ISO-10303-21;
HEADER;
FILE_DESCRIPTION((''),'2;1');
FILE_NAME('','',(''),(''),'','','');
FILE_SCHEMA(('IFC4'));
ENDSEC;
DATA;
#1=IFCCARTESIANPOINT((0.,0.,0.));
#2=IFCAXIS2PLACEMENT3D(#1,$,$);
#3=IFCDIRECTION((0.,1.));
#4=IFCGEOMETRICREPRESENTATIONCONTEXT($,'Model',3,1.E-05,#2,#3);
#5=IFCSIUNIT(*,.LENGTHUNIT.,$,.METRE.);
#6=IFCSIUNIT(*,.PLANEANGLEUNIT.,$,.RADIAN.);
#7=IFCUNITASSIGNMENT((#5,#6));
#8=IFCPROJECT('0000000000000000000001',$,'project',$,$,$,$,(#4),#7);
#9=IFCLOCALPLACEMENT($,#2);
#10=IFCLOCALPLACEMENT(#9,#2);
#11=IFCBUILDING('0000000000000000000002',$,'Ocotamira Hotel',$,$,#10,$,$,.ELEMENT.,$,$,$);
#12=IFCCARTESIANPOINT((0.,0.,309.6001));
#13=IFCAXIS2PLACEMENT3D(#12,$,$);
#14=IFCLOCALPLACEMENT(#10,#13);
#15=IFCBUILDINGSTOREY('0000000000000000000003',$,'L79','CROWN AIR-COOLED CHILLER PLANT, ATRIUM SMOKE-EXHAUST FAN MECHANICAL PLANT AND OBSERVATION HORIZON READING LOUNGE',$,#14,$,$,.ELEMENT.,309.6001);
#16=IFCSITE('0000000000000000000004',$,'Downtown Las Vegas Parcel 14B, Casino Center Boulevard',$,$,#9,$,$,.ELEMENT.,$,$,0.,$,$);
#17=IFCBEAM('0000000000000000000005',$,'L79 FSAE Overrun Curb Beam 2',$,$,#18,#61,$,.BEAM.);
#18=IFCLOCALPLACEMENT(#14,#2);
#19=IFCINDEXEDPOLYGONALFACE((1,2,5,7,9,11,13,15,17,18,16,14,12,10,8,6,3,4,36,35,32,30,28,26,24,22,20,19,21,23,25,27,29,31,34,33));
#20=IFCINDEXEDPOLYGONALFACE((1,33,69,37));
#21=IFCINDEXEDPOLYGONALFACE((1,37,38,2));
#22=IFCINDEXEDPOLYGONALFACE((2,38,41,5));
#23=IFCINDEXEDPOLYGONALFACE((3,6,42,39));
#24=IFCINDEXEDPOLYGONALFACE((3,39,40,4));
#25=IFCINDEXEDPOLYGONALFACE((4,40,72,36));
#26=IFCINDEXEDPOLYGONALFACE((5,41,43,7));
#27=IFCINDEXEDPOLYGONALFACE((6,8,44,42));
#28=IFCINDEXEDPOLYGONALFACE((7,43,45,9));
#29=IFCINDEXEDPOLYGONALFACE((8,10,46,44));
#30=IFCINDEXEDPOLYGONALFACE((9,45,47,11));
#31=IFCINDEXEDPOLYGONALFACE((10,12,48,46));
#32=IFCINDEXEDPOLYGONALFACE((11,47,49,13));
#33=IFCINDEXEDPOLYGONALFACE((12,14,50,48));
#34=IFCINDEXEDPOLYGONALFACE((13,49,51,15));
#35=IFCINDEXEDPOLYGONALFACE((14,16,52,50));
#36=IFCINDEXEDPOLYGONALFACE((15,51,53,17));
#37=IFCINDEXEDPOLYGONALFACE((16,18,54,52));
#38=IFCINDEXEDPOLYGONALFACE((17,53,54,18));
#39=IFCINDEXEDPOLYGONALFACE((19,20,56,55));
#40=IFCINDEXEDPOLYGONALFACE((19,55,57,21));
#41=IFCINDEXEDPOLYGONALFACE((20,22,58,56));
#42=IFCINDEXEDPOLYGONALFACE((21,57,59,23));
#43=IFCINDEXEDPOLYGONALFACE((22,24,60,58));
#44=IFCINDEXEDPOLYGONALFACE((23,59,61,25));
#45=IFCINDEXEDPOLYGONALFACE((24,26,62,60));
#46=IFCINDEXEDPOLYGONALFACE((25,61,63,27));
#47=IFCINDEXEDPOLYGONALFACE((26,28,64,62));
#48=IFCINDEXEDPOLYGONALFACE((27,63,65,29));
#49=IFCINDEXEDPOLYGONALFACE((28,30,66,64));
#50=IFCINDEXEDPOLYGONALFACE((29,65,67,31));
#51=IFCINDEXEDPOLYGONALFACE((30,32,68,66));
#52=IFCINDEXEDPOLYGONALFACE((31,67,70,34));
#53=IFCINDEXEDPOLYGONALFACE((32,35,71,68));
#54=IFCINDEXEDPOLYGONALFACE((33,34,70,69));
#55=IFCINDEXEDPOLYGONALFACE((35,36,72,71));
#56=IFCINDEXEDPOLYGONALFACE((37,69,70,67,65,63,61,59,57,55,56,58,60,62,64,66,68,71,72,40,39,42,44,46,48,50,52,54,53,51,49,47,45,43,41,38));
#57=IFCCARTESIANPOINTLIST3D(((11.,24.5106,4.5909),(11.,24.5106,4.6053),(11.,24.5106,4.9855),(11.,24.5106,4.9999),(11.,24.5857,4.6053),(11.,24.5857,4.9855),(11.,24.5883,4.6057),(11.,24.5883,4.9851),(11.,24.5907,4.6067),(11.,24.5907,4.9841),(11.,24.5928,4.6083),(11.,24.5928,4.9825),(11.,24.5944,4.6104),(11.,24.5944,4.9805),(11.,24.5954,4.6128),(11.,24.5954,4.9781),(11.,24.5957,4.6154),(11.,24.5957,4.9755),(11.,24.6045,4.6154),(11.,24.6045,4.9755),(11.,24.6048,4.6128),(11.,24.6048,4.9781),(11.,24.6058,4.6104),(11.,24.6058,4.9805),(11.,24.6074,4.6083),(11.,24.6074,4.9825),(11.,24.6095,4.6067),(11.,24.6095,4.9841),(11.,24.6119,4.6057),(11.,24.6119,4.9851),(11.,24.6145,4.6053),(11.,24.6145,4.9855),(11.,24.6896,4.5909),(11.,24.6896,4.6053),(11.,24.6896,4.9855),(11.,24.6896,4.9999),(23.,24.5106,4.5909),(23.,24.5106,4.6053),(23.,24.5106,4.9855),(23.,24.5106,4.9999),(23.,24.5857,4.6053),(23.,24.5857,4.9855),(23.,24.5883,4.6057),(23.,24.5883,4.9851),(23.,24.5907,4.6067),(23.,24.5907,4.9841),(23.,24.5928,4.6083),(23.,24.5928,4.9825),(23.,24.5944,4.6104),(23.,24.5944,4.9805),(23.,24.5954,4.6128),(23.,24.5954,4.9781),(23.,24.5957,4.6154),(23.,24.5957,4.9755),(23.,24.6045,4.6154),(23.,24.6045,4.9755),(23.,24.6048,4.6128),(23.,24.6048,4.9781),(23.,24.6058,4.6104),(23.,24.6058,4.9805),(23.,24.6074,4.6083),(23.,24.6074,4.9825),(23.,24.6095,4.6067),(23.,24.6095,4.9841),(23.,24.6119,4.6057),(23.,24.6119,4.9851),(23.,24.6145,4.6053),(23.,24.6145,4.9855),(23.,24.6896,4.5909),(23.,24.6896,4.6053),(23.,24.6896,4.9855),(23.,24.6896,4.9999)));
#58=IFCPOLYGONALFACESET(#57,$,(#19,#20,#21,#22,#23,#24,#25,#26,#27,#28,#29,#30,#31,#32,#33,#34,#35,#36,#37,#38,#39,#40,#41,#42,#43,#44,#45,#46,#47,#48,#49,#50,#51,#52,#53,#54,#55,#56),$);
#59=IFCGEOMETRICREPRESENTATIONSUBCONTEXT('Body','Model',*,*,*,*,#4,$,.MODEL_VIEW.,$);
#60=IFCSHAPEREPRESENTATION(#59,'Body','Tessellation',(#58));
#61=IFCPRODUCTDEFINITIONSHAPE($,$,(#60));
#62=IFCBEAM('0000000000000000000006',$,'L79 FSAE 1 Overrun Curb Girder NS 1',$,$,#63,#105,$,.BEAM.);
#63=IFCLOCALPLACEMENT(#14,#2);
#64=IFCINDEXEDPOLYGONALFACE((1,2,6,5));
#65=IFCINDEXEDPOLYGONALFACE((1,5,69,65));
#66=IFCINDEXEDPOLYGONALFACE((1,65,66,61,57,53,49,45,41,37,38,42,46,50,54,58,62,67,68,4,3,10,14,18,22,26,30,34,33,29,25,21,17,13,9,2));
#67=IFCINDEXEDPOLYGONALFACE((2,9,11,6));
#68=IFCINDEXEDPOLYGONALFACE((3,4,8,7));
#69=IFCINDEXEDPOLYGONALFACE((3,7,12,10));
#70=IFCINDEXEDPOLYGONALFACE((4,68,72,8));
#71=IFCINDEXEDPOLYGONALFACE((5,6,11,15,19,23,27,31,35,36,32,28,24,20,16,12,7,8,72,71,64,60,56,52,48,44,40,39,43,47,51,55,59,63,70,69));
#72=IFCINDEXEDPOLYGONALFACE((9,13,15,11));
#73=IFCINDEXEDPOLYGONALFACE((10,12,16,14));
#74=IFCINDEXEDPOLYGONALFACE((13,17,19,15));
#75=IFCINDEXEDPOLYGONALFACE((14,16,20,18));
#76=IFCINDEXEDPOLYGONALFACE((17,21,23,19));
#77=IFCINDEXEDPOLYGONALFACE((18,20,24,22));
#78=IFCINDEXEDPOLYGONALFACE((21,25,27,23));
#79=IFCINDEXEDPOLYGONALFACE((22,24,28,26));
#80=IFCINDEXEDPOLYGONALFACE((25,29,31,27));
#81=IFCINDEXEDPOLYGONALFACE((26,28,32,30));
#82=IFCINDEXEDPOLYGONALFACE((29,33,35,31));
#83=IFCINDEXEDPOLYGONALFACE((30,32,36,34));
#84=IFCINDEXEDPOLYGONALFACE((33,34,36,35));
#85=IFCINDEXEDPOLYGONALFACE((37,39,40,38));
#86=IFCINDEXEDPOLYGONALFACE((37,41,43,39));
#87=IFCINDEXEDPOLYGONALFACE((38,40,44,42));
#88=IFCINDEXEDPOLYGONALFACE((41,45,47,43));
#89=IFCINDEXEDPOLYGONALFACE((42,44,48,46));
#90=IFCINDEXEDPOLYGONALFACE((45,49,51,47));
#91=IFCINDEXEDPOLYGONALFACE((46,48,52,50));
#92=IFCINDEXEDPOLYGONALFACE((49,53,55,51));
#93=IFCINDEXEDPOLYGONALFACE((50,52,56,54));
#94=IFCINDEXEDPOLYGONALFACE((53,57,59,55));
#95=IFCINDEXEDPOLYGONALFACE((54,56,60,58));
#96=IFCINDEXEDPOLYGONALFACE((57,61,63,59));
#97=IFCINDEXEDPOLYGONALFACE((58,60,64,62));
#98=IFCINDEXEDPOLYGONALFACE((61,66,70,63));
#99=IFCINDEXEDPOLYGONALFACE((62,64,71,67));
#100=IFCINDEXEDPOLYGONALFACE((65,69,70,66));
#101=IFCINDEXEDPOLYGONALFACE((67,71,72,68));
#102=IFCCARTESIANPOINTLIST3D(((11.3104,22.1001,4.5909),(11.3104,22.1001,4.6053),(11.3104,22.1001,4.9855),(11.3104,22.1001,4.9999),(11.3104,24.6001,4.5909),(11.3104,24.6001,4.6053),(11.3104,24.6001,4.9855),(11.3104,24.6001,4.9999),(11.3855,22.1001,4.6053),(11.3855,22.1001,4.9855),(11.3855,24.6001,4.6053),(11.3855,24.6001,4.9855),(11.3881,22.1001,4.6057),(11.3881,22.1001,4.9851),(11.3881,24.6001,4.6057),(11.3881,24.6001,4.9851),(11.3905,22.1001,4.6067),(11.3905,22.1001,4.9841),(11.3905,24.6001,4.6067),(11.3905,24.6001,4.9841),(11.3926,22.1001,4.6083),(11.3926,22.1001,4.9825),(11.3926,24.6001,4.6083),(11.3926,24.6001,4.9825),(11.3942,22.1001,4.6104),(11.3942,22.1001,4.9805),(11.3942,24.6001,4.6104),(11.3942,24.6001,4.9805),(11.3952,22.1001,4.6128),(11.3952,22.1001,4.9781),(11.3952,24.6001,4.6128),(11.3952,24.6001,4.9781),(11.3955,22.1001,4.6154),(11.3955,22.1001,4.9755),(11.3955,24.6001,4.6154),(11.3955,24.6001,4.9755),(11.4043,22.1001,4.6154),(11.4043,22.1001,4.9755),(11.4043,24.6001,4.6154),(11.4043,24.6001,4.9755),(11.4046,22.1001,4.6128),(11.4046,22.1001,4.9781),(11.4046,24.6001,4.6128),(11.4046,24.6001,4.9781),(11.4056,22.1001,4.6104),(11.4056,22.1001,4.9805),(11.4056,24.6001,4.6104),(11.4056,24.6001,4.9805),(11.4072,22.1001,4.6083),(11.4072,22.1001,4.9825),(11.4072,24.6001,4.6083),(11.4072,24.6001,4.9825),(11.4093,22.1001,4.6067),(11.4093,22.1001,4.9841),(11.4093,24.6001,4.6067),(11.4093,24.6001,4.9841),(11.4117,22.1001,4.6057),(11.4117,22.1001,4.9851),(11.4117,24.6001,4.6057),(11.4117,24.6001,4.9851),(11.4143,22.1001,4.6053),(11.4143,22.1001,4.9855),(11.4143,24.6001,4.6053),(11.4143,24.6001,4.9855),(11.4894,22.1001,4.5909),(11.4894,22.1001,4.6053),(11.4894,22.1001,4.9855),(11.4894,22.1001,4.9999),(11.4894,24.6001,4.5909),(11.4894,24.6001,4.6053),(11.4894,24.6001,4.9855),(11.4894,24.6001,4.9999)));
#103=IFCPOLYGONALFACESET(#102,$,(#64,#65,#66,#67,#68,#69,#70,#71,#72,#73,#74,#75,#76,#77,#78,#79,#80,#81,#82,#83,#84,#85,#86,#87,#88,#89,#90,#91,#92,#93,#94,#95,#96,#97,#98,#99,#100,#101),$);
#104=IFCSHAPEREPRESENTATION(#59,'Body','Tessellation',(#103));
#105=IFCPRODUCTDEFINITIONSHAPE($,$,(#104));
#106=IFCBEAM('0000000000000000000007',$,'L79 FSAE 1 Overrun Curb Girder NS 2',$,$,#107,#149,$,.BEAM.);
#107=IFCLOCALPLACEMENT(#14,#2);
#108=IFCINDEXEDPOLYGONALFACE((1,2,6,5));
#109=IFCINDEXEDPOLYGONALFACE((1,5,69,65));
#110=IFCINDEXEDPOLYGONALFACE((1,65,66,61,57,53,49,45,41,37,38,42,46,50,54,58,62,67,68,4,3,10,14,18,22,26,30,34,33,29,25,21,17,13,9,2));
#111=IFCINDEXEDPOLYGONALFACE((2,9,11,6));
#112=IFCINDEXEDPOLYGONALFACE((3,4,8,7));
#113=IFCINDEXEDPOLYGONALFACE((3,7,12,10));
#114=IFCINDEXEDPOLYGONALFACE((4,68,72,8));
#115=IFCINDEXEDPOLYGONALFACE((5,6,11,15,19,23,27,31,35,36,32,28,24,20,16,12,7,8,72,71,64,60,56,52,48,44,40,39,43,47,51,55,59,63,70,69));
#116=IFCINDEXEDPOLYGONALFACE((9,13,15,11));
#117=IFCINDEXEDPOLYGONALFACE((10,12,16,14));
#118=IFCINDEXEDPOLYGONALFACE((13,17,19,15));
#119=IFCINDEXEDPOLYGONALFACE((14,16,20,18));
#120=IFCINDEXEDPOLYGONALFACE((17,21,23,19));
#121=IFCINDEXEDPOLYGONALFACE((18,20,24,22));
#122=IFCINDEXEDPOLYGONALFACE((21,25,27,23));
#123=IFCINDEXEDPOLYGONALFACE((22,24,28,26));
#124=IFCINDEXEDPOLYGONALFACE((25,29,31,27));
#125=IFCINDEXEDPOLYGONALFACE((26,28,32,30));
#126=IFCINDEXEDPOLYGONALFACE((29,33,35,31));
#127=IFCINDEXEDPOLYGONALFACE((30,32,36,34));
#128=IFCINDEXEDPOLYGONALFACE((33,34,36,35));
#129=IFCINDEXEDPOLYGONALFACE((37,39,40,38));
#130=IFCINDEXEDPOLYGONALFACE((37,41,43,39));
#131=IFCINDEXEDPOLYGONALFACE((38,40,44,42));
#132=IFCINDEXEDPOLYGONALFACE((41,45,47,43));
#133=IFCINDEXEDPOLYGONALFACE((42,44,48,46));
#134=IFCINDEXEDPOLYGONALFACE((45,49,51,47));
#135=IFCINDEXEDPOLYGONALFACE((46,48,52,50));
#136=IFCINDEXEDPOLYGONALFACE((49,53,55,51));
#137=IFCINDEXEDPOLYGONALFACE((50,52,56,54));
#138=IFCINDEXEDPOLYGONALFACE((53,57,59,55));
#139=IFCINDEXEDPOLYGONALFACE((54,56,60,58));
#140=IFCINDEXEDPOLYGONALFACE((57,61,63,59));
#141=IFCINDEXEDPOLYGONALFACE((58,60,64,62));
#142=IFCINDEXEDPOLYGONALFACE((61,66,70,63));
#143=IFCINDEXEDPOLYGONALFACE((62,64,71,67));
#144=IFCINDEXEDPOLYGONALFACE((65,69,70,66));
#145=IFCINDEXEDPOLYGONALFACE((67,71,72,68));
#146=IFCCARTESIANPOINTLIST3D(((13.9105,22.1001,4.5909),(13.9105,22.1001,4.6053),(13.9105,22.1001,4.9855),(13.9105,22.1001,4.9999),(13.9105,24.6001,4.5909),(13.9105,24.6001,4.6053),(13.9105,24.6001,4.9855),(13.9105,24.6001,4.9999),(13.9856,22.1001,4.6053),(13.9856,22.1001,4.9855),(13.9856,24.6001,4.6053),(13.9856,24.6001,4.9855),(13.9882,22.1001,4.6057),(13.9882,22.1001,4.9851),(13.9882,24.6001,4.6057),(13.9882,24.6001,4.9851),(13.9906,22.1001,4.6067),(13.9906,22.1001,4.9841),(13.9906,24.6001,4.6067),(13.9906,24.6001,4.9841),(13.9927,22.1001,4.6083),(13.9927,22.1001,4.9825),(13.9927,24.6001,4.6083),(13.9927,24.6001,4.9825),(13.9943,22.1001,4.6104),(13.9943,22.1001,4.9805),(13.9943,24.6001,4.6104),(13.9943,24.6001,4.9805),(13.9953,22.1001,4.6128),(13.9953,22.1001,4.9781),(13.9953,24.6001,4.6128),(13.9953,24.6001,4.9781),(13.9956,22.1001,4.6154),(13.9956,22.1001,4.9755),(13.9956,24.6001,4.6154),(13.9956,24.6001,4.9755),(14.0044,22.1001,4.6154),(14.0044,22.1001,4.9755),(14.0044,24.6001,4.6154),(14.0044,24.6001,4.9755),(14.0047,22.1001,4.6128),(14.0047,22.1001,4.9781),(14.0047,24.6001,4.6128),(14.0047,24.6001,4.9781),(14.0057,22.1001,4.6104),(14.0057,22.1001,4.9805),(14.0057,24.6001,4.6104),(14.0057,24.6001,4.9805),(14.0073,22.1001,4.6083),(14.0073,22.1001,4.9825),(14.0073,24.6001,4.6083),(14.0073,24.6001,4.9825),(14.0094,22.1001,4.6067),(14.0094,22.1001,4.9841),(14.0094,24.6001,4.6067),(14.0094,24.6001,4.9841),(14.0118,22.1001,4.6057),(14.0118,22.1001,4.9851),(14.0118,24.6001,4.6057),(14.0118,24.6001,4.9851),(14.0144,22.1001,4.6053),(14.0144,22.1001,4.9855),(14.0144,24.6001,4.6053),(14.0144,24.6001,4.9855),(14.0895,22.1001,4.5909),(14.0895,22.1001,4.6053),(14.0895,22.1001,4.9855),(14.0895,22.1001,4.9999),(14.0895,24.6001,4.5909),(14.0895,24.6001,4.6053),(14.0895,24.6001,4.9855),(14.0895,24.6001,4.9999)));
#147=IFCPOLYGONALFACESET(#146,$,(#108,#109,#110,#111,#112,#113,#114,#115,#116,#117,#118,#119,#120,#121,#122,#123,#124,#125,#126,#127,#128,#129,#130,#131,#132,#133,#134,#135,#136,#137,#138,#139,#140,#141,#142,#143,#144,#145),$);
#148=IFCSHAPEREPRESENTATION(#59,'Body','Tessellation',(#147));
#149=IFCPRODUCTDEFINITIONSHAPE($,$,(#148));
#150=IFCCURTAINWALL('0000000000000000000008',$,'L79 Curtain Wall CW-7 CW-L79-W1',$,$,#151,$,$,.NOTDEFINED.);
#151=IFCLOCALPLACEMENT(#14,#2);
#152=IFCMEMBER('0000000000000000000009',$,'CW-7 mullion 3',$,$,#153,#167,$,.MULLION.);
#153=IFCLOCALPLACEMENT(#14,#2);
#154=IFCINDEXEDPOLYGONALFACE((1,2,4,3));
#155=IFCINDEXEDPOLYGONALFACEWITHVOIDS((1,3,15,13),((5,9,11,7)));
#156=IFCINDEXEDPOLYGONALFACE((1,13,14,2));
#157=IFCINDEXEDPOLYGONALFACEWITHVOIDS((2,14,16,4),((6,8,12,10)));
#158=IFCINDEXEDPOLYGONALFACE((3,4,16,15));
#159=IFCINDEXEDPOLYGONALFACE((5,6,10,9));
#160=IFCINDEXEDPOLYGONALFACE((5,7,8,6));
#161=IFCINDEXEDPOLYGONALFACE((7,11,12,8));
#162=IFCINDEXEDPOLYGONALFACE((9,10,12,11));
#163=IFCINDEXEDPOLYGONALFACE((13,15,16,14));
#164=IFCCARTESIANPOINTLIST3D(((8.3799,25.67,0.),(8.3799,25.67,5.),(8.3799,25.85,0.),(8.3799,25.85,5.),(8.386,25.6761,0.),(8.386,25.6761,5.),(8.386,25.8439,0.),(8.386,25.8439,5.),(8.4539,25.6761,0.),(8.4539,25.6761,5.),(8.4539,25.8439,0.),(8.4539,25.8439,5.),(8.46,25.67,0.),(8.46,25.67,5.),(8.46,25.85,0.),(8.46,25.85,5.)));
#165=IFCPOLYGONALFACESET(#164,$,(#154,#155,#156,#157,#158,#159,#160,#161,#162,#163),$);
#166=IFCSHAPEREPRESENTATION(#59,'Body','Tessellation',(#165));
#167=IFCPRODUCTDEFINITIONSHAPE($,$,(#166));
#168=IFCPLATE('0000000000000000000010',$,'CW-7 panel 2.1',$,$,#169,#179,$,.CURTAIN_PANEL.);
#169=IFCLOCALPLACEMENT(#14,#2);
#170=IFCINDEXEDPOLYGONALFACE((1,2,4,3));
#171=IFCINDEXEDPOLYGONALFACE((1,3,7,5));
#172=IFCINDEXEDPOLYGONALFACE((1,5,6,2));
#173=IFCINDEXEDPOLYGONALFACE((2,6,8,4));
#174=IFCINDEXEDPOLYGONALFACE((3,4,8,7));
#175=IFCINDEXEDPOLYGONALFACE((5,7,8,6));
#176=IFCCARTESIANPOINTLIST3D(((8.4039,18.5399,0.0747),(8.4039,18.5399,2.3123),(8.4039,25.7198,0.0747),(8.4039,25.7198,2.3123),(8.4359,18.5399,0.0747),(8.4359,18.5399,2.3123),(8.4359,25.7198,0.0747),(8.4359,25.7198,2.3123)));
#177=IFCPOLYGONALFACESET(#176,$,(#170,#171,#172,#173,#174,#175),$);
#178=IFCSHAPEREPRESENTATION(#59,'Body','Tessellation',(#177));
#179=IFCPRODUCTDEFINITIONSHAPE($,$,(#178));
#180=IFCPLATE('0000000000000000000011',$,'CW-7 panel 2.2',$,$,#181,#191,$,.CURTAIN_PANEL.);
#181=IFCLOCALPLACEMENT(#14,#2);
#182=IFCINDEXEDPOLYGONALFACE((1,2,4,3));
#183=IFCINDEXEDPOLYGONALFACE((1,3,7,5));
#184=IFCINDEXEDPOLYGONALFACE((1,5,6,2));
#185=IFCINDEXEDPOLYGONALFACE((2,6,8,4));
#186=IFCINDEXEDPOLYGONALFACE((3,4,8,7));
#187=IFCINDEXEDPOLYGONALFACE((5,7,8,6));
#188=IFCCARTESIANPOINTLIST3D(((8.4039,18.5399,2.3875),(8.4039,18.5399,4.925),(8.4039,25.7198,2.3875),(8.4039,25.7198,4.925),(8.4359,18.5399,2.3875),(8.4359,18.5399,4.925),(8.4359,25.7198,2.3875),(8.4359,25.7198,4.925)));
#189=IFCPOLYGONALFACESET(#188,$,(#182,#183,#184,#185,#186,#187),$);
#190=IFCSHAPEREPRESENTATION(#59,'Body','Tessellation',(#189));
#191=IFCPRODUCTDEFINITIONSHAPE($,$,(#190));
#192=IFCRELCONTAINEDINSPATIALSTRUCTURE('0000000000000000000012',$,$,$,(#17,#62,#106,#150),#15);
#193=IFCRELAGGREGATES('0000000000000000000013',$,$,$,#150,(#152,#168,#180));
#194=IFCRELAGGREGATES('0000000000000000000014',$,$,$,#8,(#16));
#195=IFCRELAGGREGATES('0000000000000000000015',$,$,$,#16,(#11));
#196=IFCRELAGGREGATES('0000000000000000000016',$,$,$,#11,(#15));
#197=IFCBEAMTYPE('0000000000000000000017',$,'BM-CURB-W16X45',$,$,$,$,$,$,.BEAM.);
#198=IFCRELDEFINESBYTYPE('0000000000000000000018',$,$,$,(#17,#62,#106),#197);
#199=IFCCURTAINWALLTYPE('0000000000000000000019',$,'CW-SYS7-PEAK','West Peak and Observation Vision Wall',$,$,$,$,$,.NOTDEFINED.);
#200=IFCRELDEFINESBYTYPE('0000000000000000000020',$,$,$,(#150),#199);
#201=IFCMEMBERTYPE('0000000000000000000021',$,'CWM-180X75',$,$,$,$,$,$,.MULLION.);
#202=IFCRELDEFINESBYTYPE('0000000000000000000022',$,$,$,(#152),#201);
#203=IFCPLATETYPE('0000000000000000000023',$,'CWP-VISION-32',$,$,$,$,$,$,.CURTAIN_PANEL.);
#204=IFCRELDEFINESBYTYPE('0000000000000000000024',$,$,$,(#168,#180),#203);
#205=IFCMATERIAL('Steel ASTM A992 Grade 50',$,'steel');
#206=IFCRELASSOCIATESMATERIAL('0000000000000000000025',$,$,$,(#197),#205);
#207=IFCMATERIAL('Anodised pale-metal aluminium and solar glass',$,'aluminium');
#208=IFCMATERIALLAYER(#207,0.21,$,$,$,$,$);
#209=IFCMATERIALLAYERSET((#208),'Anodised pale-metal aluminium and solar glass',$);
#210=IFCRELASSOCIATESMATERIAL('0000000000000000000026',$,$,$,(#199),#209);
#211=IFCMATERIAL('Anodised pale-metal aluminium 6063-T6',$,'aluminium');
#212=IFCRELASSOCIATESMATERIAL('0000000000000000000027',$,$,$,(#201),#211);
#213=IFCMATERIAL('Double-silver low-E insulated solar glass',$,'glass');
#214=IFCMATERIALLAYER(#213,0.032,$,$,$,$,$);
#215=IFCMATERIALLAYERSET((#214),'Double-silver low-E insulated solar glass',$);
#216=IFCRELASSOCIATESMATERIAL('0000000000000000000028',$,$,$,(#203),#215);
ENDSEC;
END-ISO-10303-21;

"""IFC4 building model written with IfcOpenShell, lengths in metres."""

from ifc_helpers import new_model, si_unit, direction, frame, origin, origin_2d, place, context, subcontext, project, spatial, rectangle, hollow_rectangle, i_section, extrude, source, transform, mapped, material, layer, layer_set, material_profile, profile_set, type_object, element, aggregate, save


model = new_model("IFC4")

# Units and contexts
model_context = context("Model", 3, precision=1e-05, world=origin(), true_north=direction((0.0, 1.0)))
body_context = subcontext(model_context, "Body", "Model", "MODEL_VIEW")
ifc_project = project(units=[si_unit("LENGTHUNIT", "METRE"), si_unit("PLANEANGLEUNIT", "RADIAN")], contexts=[model_context])

# Site, building, storey
site_placement = place(None, origin())
site = spatial("IfcSite", under=ifc_project, at=site_placement, Name="Downtown Las Vegas Parcel 14B, Casino Center Boulevard", CompositionType="ELEMENT", RefElevation=0.0)
building_placement = place(site_placement, origin())
building = spatial("IfcBuilding", under=site, at=building_placement, Name="Ocotamira Hotel", CompositionType="ELEMENT")
storey_placement = place(building_placement, frame((0.0, 0.0, 309.6001)))
storey = spatial("IfcBuildingStorey", under=building, at=storey_placement, Name="L79", Description="CROWN AIR-COOLED CHILLER PLANT, ATRIUM SMOKE-EXHAUST FAN MECHANICAL PLANT AND OBSERVATION HORIZON READING LOUNGE", CompositionType="ELEMENT", Elevation=309.6001)

# Beams
ifc_material_1 = material(Name="Steel ASTM A992 Grade 50", Category="steel")
ifc_material_profile_1 = material_profile(ifc_material_1, i_section(OverallWidth=0.179, OverallDepth=0.4089, WebThickness=0.0088, FlangeThickness=0.0144, FilletRadius=0.01, at=origin_2d()), Name="W16X45")
ifc_profile_set_1 = profile_set([ifc_material_profile_1], Name="Steel ASTM A992 Grade 50")
beam_type = type_object("IfcBeamType", Name="BM-CURB-W16X45", PredefinedType="BEAM", material=ifc_profile_set_1)
shared_shape_1 = source(origin(), body_context, "Body", "SweptSolid", [
    extrude(i_section(OverallWidth=0.179, OverallDepth=0.4089, WebThickness=0.0088, FlangeThickness=0.0144, FilletRadius=0.01, at=origin_2d()), origin(), (0.0, 0.0, 1.0), 12.0),
])
beam_placement = place(storey_placement, frame((11.0, 24.6001, 4.7954), z_axis=(1.0, 0.0, 0.0), x_axis=(0.0, 1.0, 0.0)))
element("IfcBeam", 1, at=beam_placement, inside=storey, type_object=beam_type, Name="L79 FSAE Overrun Curb Beam 2", PredefinedType="BEAM", context=body_context, shape_type="MappedRepresentation", body=[
    mapped(shared_shape_1, transform((0.0, 0.0, 0.0), scale=1.0)),
])
shared_shape_2 = source(origin(), body_context, "Body", "SweptSolid", [
    extrude(i_section(OverallWidth=0.179, OverallDepth=0.4089, WebThickness=0.0088, FlangeThickness=0.0144, FilletRadius=0.01, at=origin_2d()), origin(), (0.0, 0.0, 1.0), 2.5),
])
for number, where, z_axis, x_axis, name in (
    (2, (11.3999, 22.1001, 4.7954), (0.0, 1.0, 0.0), (-1.0, 0.0, 0.0), "L79 FSAE 1 Overrun Curb Girder NS 1"),
    (3, (14.0, 22.1001, 4.7954), (0.0, 1.0, 0.0), (-1.0, 0.0, 0.0), "L79 FSAE 1 Overrun Curb Girder NS 2"),
):
    element("IfcBeam", number, at=place(storey_placement, frame(where, z_axis=z_axis, x_axis=x_axis)), inside=storey, type_object=beam_type, Name=name, PredefinedType="BEAM", context=body_context, shape_type="MappedRepresentation", body=[
        mapped(shared_shape_2, transform((0.0, 0.0, 0.0), scale=1.0)),
    ])

# Curtain wall, member, plates
ifc_material_2 = material(Name="Anodised pale-metal aluminium and solar glass", Category="aluminium")
ifc_layer_1 = layer(ifc_material_2, 0.21)
ifc_layer_set_1 = layer_set([ifc_layer_1], Name="Anodised pale-metal aluminium and solar glass")
curtain_wall_type = type_object("IfcCurtainWallType", Name="CW-SYS7-PEAK", Description="West Peak and Observation Vision Wall", PredefinedType="NOTDEFINED", material=ifc_layer_set_1)
curtain_wall_placement = place(storey_placement, origin())
curtain_wall = element("IfcCurtainWall", 4, at=curtain_wall_placement, inside=storey, type_object=curtain_wall_type, Name="L79 Curtain Wall CW-7 CW-L79-W1", PredefinedType="NOTDEFINED")
ifc_material_3 = material(Name="Anodised pale-metal aluminium 6063-T6", Category="aluminium")
ifc_material_profile_2 = material_profile(ifc_material_3, hollow_rectangle(XDim=0.0801, YDim=0.1799, WallThickness=0.0061, at=origin_2d()), Name="HSS180X80X6")
ifc_profile_set_2 = profile_set([ifc_material_profile_2], Name="Anodised pale-metal aluminium 6063-T6")
member_type = type_object("IfcMemberType", Name="CWM-180X75", PredefinedType="MULLION", material=ifc_profile_set_2)
shared_shape_3 = source(origin(), body_context, "Body", "SweptSolid", [
    extrude(hollow_rectangle(XDim=0.0801, YDim=0.1799, WallThickness=0.0061, at=origin_2d()), origin(), (0.0, 0.0, 1.0), 5.0),
])
member_placement = place(storey_placement, frame((8.4199, 25.76, 0.0), z_axis=(0.0, 0.0, 1.0), x_axis=(-1.0, 0.0, 0.0)))
member = element("IfcMember", 5, at=member_placement, type_object=member_type, Name="CW-7 mullion 3", PredefinedType="MULLION", context=body_context, shape_type="MappedRepresentation", body=[
    mapped(shared_shape_3, transform((0.0, 0.0, 0.0), scale=1.0)),
])
ifc_material_4 = material(Name="Double-silver low-E insulated solar glass", Category="glass")
ifc_layer_2 = layer(ifc_material_4, 0.032)
ifc_layer_set_2 = layer_set([ifc_layer_2], Name="Double-silver low-E insulated solar glass")
plate_type = type_object("IfcPlateType", Name="CWP-VISION-32", PredefinedType="CURTAIN_PANEL", material=ifc_layer_set_2)
shared_shape_4 = source(origin(), body_context, "Body", "SweptSolid", [
    extrude(rectangle(XDim=7.1799, YDim=0.032, at=origin_2d()), origin(), (0.0, 0.0, 1.0), 2.2375),
])
plate_1_placement = place(storey_placement, frame((8.4199, 22.1299, 0.0747), z_axis=(0.0, 0.0, 1.0), x_axis=(0.0, 1.0, 0.0)))
plate_1 = element("IfcPlate", 6, at=plate_1_placement, type_object=plate_type, Name="CW-7 panel 2.1", PredefinedType="CURTAIN_PANEL", context=body_context, shape_type="MappedRepresentation", body=[
    mapped(shared_shape_4, transform((0.0, 0.0, 0.0), scale=1.0)),
])
shared_shape_5 = source(origin(), body_context, "Body", "SweptSolid", [
    extrude(rectangle(XDim=7.1799, YDim=0.032, at=origin_2d()), origin(), (0.0, 0.0, 1.0), 2.5376),
])
plate_2_placement = place(storey_placement, frame((8.4199, 22.1299, 2.3875), z_axis=(0.0, 0.0, 1.0), x_axis=(0.0, 1.0, 0.0)))
plate_2 = element("IfcPlate", 7, at=plate_2_placement, type_object=plate_type, Name="CW-7 panel 2.2", PredefinedType="CURTAIN_PANEL", context=body_context, shape_type="MappedRepresentation", body=[
    mapped(shared_shape_5, transform((0.0, 0.0, 0.0), scale=1.0)),
])
aggregate(curtain_wall, [member, plate_1, plate_2])

save(model, "model.ifc")
